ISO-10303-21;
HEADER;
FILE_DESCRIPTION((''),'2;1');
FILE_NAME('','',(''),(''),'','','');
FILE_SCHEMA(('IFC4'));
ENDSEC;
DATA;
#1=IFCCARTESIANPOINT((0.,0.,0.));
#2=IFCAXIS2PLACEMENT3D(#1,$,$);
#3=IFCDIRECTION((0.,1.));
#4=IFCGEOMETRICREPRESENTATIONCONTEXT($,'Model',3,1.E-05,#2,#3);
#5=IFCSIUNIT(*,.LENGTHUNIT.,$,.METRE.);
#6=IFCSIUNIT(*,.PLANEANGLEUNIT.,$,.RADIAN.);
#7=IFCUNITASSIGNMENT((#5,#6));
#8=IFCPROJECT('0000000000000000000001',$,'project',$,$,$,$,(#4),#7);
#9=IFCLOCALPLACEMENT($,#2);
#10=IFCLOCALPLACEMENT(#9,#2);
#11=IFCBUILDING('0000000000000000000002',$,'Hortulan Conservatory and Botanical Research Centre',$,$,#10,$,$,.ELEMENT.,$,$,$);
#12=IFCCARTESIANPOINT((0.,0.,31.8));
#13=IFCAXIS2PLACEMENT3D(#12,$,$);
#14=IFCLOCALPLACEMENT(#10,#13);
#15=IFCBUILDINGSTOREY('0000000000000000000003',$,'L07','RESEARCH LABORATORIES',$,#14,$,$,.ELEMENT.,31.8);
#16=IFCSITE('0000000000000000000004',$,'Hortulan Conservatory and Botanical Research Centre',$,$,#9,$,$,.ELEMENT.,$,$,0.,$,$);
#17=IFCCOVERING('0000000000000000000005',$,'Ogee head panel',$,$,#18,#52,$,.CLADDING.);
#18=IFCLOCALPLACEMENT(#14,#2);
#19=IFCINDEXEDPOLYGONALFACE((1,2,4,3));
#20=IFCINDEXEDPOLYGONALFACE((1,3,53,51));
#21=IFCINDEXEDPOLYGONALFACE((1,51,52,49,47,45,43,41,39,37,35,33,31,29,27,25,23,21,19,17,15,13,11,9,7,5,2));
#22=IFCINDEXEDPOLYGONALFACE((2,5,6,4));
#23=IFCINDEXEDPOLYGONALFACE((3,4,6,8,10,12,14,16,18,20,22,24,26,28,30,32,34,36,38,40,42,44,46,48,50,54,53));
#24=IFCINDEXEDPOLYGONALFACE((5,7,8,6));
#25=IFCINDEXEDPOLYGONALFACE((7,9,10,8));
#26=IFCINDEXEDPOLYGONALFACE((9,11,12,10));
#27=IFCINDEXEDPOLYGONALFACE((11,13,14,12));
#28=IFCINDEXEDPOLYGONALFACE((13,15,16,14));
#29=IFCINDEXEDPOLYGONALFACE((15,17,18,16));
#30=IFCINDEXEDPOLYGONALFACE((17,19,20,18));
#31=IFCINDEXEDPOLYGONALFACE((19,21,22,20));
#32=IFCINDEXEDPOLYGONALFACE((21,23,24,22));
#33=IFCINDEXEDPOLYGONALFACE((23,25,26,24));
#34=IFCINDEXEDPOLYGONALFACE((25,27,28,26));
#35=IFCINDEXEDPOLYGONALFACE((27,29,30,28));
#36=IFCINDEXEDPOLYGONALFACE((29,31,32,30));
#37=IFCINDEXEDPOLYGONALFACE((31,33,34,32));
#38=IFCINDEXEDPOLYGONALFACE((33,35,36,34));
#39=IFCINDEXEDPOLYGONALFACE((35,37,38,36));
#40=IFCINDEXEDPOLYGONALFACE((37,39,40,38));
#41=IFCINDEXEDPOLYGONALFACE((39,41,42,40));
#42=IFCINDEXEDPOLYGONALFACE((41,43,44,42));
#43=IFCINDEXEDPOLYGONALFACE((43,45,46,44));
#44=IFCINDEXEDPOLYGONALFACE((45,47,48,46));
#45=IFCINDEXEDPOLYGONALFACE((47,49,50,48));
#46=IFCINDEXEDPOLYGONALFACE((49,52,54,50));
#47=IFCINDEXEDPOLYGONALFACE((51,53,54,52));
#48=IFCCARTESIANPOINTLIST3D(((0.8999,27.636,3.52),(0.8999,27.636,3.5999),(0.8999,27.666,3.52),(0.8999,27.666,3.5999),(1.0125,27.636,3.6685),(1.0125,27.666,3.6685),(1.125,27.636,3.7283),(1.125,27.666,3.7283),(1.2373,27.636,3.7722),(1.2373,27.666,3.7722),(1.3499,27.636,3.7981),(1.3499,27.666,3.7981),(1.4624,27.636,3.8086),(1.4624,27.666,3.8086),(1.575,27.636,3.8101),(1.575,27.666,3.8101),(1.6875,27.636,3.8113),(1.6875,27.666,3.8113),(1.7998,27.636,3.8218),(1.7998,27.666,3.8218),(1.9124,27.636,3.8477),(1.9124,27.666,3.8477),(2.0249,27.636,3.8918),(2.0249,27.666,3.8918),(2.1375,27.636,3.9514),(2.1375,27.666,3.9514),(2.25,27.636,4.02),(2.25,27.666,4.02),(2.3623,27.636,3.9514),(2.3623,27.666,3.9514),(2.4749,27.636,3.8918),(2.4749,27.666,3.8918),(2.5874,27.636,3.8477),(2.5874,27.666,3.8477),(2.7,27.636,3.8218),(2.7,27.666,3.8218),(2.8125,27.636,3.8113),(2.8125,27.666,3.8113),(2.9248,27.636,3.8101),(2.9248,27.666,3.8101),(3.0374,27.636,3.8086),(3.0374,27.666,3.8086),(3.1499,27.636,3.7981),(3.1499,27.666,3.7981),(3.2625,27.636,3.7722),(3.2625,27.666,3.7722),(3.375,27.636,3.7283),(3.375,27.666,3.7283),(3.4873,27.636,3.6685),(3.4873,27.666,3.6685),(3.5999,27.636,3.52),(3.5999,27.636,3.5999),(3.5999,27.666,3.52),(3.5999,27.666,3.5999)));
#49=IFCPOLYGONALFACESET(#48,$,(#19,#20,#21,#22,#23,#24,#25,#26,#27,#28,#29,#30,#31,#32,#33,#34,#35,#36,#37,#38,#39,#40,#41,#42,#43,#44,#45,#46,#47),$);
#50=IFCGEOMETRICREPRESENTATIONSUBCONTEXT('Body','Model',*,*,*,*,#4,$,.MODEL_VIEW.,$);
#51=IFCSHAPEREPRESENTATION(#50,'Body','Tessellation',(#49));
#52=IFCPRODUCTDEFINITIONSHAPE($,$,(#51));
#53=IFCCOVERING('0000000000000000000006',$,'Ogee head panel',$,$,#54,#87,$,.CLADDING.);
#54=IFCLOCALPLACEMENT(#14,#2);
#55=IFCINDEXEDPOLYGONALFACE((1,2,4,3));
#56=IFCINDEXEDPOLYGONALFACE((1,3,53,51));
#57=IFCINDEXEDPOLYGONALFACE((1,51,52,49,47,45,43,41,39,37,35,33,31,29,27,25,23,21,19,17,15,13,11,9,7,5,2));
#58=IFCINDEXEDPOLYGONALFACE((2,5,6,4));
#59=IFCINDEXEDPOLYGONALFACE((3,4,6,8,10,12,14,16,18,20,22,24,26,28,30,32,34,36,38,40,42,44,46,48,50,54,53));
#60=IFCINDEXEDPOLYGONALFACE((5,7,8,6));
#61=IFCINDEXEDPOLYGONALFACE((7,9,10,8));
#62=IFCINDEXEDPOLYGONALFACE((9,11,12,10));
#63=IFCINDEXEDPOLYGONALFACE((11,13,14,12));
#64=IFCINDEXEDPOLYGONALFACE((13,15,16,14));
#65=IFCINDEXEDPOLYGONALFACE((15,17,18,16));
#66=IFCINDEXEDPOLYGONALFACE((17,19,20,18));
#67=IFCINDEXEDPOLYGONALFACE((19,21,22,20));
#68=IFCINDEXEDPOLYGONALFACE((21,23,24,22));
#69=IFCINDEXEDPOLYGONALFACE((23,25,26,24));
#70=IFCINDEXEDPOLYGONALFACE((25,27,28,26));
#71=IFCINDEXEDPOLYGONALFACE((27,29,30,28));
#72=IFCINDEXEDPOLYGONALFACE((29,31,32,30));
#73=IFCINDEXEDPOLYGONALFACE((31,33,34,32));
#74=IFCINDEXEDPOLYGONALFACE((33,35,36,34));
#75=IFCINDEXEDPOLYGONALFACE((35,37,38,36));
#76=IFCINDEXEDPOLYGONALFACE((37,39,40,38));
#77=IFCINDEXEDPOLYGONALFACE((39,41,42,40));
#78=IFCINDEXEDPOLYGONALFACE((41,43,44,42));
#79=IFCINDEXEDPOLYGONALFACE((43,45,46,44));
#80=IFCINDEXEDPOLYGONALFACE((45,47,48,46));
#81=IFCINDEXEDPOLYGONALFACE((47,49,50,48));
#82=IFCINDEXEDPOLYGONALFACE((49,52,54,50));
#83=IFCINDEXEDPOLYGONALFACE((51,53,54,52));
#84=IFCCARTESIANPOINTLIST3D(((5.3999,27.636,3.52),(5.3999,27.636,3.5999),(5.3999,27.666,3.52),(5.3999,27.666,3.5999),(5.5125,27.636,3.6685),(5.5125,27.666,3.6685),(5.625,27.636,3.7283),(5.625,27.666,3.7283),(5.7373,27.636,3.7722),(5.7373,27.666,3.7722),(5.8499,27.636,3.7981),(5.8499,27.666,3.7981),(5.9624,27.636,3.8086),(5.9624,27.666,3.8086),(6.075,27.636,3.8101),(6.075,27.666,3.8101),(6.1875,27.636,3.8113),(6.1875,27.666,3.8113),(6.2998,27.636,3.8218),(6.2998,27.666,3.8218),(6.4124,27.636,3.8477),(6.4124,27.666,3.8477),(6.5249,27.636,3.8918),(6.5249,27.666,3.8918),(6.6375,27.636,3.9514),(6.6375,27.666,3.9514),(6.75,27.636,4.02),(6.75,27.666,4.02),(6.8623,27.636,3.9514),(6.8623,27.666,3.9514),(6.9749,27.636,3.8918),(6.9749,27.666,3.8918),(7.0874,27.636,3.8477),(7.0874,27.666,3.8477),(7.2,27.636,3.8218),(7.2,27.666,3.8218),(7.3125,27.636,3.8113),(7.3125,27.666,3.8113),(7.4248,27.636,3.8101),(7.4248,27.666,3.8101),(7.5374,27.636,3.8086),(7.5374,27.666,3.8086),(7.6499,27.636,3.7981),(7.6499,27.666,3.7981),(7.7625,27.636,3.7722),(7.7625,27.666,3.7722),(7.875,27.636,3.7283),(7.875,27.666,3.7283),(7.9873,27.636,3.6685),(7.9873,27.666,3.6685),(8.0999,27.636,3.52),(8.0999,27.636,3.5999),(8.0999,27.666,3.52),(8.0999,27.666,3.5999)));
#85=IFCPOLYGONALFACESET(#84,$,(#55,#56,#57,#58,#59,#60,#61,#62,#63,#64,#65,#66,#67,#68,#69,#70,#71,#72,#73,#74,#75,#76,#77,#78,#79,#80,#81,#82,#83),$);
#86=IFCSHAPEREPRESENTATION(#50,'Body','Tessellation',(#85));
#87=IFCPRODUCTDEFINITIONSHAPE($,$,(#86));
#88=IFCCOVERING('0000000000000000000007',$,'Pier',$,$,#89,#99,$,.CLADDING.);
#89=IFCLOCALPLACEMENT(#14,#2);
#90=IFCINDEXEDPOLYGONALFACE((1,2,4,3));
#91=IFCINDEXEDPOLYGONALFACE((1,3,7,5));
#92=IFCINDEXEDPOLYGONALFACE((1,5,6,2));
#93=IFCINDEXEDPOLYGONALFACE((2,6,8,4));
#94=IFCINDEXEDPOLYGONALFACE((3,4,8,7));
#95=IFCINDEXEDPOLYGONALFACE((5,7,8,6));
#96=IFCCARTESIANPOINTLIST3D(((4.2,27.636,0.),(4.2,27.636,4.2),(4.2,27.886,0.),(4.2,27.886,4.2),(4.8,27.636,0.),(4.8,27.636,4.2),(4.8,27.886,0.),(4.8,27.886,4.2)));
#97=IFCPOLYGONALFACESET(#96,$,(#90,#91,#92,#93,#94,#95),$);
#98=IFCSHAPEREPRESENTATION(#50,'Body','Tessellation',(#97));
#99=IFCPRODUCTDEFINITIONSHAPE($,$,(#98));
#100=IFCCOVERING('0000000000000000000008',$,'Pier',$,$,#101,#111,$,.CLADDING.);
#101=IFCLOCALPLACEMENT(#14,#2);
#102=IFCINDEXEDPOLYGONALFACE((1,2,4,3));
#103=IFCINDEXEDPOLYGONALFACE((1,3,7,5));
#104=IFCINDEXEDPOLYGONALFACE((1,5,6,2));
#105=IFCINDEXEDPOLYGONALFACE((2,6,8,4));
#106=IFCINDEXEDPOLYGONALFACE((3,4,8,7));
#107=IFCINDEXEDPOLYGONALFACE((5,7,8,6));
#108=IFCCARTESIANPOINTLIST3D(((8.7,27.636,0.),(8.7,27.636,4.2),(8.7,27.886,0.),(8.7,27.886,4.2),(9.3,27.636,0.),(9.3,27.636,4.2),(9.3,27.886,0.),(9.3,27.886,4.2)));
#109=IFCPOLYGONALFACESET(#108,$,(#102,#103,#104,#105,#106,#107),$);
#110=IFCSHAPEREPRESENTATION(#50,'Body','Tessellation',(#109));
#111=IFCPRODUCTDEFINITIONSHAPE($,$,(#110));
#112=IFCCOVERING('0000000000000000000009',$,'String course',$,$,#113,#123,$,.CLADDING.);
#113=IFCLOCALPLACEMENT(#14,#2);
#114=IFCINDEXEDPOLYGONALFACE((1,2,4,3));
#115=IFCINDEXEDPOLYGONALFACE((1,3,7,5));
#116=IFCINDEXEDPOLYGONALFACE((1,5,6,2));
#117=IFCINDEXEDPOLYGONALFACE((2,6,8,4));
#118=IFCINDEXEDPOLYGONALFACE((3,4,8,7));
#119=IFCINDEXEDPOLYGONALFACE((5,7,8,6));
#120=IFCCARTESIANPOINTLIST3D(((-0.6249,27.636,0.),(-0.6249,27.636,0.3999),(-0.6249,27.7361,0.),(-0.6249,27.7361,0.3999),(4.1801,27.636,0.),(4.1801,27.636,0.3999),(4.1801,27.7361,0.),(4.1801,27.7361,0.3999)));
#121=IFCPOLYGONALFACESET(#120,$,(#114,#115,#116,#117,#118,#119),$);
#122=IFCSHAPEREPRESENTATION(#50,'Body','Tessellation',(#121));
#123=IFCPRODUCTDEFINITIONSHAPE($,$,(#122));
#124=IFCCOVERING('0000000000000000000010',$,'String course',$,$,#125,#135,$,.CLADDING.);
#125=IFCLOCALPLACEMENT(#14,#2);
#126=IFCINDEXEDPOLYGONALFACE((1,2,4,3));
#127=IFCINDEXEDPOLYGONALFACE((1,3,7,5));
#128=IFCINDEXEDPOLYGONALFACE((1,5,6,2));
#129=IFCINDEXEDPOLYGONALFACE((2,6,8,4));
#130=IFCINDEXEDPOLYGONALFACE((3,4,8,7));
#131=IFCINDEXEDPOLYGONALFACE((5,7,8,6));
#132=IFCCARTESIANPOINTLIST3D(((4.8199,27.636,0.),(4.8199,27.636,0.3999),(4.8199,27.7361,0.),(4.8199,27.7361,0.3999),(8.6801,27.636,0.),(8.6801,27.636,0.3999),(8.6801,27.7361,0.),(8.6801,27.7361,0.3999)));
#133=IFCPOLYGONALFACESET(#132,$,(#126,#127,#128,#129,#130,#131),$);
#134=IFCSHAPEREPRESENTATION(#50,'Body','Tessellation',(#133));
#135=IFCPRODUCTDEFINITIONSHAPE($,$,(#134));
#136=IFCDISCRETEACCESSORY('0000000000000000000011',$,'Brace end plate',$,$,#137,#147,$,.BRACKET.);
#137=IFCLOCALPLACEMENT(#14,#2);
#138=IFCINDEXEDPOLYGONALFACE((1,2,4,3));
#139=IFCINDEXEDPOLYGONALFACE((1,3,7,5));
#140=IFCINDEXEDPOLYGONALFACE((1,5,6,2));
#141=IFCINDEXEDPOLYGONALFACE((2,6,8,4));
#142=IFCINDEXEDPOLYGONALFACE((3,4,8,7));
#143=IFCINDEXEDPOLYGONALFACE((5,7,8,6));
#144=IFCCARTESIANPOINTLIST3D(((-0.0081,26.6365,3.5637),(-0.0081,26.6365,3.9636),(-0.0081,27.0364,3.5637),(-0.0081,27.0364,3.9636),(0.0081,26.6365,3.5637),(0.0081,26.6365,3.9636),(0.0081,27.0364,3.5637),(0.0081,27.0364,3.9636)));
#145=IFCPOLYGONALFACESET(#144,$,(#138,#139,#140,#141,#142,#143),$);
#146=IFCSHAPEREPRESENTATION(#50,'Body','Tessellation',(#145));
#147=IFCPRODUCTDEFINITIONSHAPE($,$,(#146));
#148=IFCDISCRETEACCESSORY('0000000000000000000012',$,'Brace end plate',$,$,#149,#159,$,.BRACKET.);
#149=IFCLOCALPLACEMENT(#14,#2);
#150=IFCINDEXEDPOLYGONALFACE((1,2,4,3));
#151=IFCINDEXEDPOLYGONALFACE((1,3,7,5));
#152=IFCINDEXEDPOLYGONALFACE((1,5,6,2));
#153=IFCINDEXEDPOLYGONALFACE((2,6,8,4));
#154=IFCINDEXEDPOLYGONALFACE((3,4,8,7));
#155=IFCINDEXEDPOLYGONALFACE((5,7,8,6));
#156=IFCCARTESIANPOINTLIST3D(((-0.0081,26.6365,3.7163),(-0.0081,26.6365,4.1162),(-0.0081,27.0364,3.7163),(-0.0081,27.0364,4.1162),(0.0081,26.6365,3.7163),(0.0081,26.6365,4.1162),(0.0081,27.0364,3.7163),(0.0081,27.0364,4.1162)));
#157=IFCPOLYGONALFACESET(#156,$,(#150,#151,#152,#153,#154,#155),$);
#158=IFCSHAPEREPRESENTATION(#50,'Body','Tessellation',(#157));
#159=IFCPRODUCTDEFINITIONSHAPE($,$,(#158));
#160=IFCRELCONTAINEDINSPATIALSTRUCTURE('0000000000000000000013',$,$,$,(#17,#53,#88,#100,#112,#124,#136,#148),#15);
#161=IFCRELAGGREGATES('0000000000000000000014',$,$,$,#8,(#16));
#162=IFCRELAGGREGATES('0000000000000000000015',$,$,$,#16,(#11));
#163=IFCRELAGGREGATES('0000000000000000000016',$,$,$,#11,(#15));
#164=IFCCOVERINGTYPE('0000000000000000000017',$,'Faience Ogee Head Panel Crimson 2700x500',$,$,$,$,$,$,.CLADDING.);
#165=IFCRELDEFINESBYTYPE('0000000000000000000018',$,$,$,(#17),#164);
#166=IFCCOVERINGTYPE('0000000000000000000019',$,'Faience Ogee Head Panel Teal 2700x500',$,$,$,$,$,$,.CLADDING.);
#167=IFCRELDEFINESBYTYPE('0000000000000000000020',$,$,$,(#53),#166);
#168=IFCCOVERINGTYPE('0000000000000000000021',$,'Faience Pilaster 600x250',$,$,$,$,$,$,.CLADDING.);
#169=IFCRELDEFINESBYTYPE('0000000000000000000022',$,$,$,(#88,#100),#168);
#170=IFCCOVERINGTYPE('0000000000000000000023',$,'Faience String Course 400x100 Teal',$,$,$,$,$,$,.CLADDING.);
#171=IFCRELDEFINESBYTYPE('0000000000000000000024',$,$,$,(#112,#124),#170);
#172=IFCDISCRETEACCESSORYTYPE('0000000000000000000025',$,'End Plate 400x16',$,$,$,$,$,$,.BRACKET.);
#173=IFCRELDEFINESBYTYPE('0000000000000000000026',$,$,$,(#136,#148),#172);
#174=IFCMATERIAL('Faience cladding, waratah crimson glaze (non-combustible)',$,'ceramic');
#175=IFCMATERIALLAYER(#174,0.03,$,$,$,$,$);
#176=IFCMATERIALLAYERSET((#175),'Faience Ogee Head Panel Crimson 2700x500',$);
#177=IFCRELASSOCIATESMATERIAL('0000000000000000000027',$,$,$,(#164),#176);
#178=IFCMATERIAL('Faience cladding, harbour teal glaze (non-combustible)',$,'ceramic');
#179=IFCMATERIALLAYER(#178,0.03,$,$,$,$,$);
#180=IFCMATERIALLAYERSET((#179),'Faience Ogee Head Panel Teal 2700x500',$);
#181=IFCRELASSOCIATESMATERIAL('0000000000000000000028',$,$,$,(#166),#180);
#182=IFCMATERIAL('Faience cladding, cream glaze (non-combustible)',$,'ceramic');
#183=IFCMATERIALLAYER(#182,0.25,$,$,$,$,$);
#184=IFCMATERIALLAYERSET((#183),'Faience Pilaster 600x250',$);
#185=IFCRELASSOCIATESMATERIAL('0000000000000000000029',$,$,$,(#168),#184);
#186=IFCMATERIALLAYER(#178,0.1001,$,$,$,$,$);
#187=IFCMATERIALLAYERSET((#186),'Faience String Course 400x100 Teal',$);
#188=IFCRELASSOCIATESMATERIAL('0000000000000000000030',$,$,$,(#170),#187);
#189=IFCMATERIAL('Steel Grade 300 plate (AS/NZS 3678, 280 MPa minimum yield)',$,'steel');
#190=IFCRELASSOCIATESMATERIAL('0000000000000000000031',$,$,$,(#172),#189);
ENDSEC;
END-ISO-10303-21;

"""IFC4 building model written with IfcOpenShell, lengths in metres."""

from ifc_helpers import new_model, si_unit, direction, frame, origin, origin_2d, place, context, subcontext, project, spatial, polyline, rectangle, outline, extrude, material, layer, layer_set, type_object, element, save


model = new_model("IFC4")

# Units and contexts
model_context = context("Model", 3, precision=1e-05, world=origin(), true_north=direction((0.0, 1.0)))
body_context = subcontext(model_context, "Body", "Model", "MODEL_VIEW")
ifc_project = project(units=[si_unit("LENGTHUNIT", "METRE"), si_unit("PLANEANGLEUNIT", "RADIAN")], contexts=[model_context])

# Site, building, storey
site_placement = place(None, origin())
site = spatial("IfcSite", under=ifc_project, at=site_placement, Name="Hortulan Conservatory and Botanical Research Centre", CompositionType="ELEMENT", RefElevation=0.0)
building_placement = place(site_placement, origin())
building = spatial("IfcBuilding", under=site, at=building_placement, Name="Hortulan Conservatory and Botanical Research Centre", CompositionType="ELEMENT")
storey_placement = place(building_placement, frame((0.0, 0.0, 31.8)))
storey = spatial("IfcBuildingStorey", under=building, at=storey_placement, Name="L07", Description="RESEARCH LABORATORIES", CompositionType="ELEMENT", Elevation=31.8)

# Coverings
ifc_material_1 = material(Name="Faience cladding, waratah crimson glaze (non-combustible)", Category="ceramic")
ifc_layer_1 = layer(ifc_material_1, 0.03)
ifc_layer_set_1 = layer_set([ifc_layer_1], Name="Faience Ogee Head Panel Crimson 2700x500")
covering_type_1 = type_object("IfcCoveringType", Name="Faience Ogee Head Panel Crimson 2700x500", PredefinedType="CLADDING", material=ifc_layer_set_1)
covering_1_placement = place(storey_placement, frame((0.8999, 27.6509, 3.52), z_axis=(0.0, 0.0, 1.0), x_axis=(1.0, 0.0, 0.0)))
element("IfcCovering", 1, at=covering_1_placement, inside=storey, type_object=covering_type_1, Name="Ogee head panel", PredefinedType="CLADDING", context=body_context, shape_type="SweptSolid", body=[
    extrude(outline(polyline([(0.0, 0.0), (2.7, 0.0), (2.7, 0.0798), (2.5874, 0.1484), (2.4751, 0.2083), (2.3625, 0.2522), (2.25, 0.2781), (2.1375, 0.2886), (2.0249, 0.29), (1.9126, 0.2913), (1.8, 0.3018), (1.6875, 0.3276), (1.575, 0.3718), (1.4624, 0.4314), (1.3501, 0.5), (1.2375, 0.4314), (1.125, 0.3718), (1.0125, 0.3276), (0.8999, 0.3018), (0.7876, 0.2913), (0.675, 0.29), (0.5625, 0.2886), (0.45, 0.2781), (0.3374, 0.2522), (0.2251, 0.2083), (0.1125, 0.1484), (0.0, 0.0798), (0.0, 0.0)])), frame((0.0, 0.0151, 0.0), z_axis=(0.0, -1.0, 0.0), x_axis=(1.0, 0.0, 0.0)), (0.0, 0.0, 1.0), 0.03),
])
ifc_material_2 = material(Name="Faience cladding, harbour teal glaze (non-combustible)", Category="ceramic")
ifc_layer_2 = layer(ifc_material_2, 0.03)
ifc_layer_set_2 = layer_set([ifc_layer_2], Name="Faience Ogee Head Panel Teal 2700x500")
covering_type_2 = type_object("IfcCoveringType", Name="Faience Ogee Head Panel Teal 2700x500", PredefinedType="CLADDING", material=ifc_layer_set_2)
covering_2_placement = place(storey_placement, frame((5.3999, 27.6509, 3.52), z_axis=(0.0, 0.0, 1.0), x_axis=(1.0, 0.0, 0.0)))
element("IfcCovering", 2, at=covering_2_placement, inside=storey, type_object=covering_type_2, Name="Ogee head panel", PredefinedType="CLADDING", context=body_context, shape_type="SweptSolid", body=[
    extrude(outline(polyline([(0.0, 0.0), (2.7, 0.0), (2.7, 0.0798), (2.5874, 0.1484), (2.4751, 0.2083), (2.3625, 0.2522), (2.25, 0.2781), (2.1375, 0.2886), (2.0249, 0.29), (1.9126, 0.2913), (1.8, 0.3018), (1.6875, 0.3276), (1.575, 0.3718), (1.4624, 0.4314), (1.3501, 0.5), (1.2375, 0.4314), (1.125, 0.3718), (1.0125, 0.3276), (0.8999, 0.3018), (0.7876, 0.2913), (0.675, 0.29), (0.5625, 0.2886), (0.45, 0.2781), (0.3374, 0.2522), (0.2251, 0.2083), (0.1125, 0.1484), (0.0, 0.0798), (0.0, 0.0)])), frame((0.0, 0.0151, 0.0), z_axis=(0.0, -1.0, 0.0), x_axis=(1.0, 0.0, 0.0)), (0.0, 0.0, 1.0), 0.03),
])
ifc_material_3 = material(Name="Faience cladding, cream glaze (non-combustible)", Category="ceramic")
ifc_layer_3 = layer(ifc_material_3, 0.25)
ifc_layer_set_3 = layer_set([ifc_layer_3], Name="Faience Pilaster 600x250")
covering_type_3 = type_object("IfcCoveringType", Name="Faience Pilaster 600x250", PredefinedType="CLADDING", material=ifc_layer_set_3)
for number, where, z_axis, x_axis, name in (
    (3, (4.5, 27.761, 0.0), (0.0, 0.0, 1.0), (1.0, 0.0, 0.0), "Pier"),
    (4, (9.0, 27.761, 0.0), (0.0, 0.0, 1.0), (1.0, 0.0, 0.0), "Pier"),
):
    element("IfcCovering", number, at=place(storey_placement, frame(where, z_axis=z_axis, x_axis=x_axis)), inside=storey, type_object=covering_type_3, Name=name, PredefinedType="CLADDING", context=body_context, shape_type="SweptSolid", body=[
        extrude(rectangle(XDim=0.6001, YDim=0.25, at=origin_2d()), origin(), (0.0, 0.0, 1.0), 4.2),
    ])
ifc_layer_4 = layer(ifc_material_2, 0.1001)
ifc_layer_set_4 = layer_set([ifc_layer_4], Name="Faience String Course 400x100 Teal")
covering_type_4 = type_object("IfcCoveringType", Name="Faience String Course 400x100 Teal", PredefinedType="CLADDING", material=ifc_layer_set_4)
covering_3_placement = place(storey_placement, frame((1.7776, 27.686, 0.0), z_axis=(0.0, 0.0, 1.0), x_axis=(1.0, 0.0, 0.0)))
element("IfcCovering", 5, at=covering_3_placement, inside=storey, type_object=covering_type_4, Name="String course", PredefinedType="CLADDING", context=body_context, shape_type="SweptSolid", body=[
    extrude(rectangle(XDim=4.8049, YDim=0.1001, at=origin_2d()), origin(), (0.0, 0.0, 1.0), 0.3999),
])
covering_4_placement = place(storey_placement, frame((6.75, 27.686, 0.0), z_axis=(0.0, 0.0, 1.0), x_axis=(1.0, 0.0, 0.0)))
element("IfcCovering", 6, at=covering_4_placement, inside=storey, type_object=covering_type_4, Name="String course", PredefinedType="CLADDING", context=body_context, shape_type="SweptSolid", body=[
    extrude(rectangle(XDim=3.8601, YDim=0.1001, at=origin_2d()), origin(), (0.0, 0.0, 1.0), 0.3999),
])

# Discrete accessories
ifc_material_4 = material(Name="Steel Grade 300 plate (AS/NZS 3678, 280 MPa minimum yield)", Category="steel")
discrete_accessory_type = type_object("IfcDiscreteAccessoryType", Name="End Plate 400x16", PredefinedType="BRACKET", material=ifc_material_4)
for number, where, z_axis, x_axis, name in (
    (7, (0.0, 26.8364, 3.5637), (0.0, 0.0, 1.0), (0.0, -1.0, 0.0), "Brace end plate"),
    (8, (0.0, 26.8364, 3.7163), (0.0, 0.0, 1.0), (0.0, -1.0, 0.0), "Brace end plate"),
):
    element("IfcDiscreteAccessory", number, at=place(storey_placement, frame(where, z_axis=z_axis, x_axis=x_axis)), inside=storey, type_object=discrete_accessory_type, Name=name, PredefinedType="BRACKET", context=body_context, shape_type="SweptSolid", body=[
        extrude(rectangle(XDim=0.3999, YDim=0.0161, at=origin_2d()), origin(), (0.0, 0.0, 1.0), 0.3999),
    ])

save(model, "model.ifc")
